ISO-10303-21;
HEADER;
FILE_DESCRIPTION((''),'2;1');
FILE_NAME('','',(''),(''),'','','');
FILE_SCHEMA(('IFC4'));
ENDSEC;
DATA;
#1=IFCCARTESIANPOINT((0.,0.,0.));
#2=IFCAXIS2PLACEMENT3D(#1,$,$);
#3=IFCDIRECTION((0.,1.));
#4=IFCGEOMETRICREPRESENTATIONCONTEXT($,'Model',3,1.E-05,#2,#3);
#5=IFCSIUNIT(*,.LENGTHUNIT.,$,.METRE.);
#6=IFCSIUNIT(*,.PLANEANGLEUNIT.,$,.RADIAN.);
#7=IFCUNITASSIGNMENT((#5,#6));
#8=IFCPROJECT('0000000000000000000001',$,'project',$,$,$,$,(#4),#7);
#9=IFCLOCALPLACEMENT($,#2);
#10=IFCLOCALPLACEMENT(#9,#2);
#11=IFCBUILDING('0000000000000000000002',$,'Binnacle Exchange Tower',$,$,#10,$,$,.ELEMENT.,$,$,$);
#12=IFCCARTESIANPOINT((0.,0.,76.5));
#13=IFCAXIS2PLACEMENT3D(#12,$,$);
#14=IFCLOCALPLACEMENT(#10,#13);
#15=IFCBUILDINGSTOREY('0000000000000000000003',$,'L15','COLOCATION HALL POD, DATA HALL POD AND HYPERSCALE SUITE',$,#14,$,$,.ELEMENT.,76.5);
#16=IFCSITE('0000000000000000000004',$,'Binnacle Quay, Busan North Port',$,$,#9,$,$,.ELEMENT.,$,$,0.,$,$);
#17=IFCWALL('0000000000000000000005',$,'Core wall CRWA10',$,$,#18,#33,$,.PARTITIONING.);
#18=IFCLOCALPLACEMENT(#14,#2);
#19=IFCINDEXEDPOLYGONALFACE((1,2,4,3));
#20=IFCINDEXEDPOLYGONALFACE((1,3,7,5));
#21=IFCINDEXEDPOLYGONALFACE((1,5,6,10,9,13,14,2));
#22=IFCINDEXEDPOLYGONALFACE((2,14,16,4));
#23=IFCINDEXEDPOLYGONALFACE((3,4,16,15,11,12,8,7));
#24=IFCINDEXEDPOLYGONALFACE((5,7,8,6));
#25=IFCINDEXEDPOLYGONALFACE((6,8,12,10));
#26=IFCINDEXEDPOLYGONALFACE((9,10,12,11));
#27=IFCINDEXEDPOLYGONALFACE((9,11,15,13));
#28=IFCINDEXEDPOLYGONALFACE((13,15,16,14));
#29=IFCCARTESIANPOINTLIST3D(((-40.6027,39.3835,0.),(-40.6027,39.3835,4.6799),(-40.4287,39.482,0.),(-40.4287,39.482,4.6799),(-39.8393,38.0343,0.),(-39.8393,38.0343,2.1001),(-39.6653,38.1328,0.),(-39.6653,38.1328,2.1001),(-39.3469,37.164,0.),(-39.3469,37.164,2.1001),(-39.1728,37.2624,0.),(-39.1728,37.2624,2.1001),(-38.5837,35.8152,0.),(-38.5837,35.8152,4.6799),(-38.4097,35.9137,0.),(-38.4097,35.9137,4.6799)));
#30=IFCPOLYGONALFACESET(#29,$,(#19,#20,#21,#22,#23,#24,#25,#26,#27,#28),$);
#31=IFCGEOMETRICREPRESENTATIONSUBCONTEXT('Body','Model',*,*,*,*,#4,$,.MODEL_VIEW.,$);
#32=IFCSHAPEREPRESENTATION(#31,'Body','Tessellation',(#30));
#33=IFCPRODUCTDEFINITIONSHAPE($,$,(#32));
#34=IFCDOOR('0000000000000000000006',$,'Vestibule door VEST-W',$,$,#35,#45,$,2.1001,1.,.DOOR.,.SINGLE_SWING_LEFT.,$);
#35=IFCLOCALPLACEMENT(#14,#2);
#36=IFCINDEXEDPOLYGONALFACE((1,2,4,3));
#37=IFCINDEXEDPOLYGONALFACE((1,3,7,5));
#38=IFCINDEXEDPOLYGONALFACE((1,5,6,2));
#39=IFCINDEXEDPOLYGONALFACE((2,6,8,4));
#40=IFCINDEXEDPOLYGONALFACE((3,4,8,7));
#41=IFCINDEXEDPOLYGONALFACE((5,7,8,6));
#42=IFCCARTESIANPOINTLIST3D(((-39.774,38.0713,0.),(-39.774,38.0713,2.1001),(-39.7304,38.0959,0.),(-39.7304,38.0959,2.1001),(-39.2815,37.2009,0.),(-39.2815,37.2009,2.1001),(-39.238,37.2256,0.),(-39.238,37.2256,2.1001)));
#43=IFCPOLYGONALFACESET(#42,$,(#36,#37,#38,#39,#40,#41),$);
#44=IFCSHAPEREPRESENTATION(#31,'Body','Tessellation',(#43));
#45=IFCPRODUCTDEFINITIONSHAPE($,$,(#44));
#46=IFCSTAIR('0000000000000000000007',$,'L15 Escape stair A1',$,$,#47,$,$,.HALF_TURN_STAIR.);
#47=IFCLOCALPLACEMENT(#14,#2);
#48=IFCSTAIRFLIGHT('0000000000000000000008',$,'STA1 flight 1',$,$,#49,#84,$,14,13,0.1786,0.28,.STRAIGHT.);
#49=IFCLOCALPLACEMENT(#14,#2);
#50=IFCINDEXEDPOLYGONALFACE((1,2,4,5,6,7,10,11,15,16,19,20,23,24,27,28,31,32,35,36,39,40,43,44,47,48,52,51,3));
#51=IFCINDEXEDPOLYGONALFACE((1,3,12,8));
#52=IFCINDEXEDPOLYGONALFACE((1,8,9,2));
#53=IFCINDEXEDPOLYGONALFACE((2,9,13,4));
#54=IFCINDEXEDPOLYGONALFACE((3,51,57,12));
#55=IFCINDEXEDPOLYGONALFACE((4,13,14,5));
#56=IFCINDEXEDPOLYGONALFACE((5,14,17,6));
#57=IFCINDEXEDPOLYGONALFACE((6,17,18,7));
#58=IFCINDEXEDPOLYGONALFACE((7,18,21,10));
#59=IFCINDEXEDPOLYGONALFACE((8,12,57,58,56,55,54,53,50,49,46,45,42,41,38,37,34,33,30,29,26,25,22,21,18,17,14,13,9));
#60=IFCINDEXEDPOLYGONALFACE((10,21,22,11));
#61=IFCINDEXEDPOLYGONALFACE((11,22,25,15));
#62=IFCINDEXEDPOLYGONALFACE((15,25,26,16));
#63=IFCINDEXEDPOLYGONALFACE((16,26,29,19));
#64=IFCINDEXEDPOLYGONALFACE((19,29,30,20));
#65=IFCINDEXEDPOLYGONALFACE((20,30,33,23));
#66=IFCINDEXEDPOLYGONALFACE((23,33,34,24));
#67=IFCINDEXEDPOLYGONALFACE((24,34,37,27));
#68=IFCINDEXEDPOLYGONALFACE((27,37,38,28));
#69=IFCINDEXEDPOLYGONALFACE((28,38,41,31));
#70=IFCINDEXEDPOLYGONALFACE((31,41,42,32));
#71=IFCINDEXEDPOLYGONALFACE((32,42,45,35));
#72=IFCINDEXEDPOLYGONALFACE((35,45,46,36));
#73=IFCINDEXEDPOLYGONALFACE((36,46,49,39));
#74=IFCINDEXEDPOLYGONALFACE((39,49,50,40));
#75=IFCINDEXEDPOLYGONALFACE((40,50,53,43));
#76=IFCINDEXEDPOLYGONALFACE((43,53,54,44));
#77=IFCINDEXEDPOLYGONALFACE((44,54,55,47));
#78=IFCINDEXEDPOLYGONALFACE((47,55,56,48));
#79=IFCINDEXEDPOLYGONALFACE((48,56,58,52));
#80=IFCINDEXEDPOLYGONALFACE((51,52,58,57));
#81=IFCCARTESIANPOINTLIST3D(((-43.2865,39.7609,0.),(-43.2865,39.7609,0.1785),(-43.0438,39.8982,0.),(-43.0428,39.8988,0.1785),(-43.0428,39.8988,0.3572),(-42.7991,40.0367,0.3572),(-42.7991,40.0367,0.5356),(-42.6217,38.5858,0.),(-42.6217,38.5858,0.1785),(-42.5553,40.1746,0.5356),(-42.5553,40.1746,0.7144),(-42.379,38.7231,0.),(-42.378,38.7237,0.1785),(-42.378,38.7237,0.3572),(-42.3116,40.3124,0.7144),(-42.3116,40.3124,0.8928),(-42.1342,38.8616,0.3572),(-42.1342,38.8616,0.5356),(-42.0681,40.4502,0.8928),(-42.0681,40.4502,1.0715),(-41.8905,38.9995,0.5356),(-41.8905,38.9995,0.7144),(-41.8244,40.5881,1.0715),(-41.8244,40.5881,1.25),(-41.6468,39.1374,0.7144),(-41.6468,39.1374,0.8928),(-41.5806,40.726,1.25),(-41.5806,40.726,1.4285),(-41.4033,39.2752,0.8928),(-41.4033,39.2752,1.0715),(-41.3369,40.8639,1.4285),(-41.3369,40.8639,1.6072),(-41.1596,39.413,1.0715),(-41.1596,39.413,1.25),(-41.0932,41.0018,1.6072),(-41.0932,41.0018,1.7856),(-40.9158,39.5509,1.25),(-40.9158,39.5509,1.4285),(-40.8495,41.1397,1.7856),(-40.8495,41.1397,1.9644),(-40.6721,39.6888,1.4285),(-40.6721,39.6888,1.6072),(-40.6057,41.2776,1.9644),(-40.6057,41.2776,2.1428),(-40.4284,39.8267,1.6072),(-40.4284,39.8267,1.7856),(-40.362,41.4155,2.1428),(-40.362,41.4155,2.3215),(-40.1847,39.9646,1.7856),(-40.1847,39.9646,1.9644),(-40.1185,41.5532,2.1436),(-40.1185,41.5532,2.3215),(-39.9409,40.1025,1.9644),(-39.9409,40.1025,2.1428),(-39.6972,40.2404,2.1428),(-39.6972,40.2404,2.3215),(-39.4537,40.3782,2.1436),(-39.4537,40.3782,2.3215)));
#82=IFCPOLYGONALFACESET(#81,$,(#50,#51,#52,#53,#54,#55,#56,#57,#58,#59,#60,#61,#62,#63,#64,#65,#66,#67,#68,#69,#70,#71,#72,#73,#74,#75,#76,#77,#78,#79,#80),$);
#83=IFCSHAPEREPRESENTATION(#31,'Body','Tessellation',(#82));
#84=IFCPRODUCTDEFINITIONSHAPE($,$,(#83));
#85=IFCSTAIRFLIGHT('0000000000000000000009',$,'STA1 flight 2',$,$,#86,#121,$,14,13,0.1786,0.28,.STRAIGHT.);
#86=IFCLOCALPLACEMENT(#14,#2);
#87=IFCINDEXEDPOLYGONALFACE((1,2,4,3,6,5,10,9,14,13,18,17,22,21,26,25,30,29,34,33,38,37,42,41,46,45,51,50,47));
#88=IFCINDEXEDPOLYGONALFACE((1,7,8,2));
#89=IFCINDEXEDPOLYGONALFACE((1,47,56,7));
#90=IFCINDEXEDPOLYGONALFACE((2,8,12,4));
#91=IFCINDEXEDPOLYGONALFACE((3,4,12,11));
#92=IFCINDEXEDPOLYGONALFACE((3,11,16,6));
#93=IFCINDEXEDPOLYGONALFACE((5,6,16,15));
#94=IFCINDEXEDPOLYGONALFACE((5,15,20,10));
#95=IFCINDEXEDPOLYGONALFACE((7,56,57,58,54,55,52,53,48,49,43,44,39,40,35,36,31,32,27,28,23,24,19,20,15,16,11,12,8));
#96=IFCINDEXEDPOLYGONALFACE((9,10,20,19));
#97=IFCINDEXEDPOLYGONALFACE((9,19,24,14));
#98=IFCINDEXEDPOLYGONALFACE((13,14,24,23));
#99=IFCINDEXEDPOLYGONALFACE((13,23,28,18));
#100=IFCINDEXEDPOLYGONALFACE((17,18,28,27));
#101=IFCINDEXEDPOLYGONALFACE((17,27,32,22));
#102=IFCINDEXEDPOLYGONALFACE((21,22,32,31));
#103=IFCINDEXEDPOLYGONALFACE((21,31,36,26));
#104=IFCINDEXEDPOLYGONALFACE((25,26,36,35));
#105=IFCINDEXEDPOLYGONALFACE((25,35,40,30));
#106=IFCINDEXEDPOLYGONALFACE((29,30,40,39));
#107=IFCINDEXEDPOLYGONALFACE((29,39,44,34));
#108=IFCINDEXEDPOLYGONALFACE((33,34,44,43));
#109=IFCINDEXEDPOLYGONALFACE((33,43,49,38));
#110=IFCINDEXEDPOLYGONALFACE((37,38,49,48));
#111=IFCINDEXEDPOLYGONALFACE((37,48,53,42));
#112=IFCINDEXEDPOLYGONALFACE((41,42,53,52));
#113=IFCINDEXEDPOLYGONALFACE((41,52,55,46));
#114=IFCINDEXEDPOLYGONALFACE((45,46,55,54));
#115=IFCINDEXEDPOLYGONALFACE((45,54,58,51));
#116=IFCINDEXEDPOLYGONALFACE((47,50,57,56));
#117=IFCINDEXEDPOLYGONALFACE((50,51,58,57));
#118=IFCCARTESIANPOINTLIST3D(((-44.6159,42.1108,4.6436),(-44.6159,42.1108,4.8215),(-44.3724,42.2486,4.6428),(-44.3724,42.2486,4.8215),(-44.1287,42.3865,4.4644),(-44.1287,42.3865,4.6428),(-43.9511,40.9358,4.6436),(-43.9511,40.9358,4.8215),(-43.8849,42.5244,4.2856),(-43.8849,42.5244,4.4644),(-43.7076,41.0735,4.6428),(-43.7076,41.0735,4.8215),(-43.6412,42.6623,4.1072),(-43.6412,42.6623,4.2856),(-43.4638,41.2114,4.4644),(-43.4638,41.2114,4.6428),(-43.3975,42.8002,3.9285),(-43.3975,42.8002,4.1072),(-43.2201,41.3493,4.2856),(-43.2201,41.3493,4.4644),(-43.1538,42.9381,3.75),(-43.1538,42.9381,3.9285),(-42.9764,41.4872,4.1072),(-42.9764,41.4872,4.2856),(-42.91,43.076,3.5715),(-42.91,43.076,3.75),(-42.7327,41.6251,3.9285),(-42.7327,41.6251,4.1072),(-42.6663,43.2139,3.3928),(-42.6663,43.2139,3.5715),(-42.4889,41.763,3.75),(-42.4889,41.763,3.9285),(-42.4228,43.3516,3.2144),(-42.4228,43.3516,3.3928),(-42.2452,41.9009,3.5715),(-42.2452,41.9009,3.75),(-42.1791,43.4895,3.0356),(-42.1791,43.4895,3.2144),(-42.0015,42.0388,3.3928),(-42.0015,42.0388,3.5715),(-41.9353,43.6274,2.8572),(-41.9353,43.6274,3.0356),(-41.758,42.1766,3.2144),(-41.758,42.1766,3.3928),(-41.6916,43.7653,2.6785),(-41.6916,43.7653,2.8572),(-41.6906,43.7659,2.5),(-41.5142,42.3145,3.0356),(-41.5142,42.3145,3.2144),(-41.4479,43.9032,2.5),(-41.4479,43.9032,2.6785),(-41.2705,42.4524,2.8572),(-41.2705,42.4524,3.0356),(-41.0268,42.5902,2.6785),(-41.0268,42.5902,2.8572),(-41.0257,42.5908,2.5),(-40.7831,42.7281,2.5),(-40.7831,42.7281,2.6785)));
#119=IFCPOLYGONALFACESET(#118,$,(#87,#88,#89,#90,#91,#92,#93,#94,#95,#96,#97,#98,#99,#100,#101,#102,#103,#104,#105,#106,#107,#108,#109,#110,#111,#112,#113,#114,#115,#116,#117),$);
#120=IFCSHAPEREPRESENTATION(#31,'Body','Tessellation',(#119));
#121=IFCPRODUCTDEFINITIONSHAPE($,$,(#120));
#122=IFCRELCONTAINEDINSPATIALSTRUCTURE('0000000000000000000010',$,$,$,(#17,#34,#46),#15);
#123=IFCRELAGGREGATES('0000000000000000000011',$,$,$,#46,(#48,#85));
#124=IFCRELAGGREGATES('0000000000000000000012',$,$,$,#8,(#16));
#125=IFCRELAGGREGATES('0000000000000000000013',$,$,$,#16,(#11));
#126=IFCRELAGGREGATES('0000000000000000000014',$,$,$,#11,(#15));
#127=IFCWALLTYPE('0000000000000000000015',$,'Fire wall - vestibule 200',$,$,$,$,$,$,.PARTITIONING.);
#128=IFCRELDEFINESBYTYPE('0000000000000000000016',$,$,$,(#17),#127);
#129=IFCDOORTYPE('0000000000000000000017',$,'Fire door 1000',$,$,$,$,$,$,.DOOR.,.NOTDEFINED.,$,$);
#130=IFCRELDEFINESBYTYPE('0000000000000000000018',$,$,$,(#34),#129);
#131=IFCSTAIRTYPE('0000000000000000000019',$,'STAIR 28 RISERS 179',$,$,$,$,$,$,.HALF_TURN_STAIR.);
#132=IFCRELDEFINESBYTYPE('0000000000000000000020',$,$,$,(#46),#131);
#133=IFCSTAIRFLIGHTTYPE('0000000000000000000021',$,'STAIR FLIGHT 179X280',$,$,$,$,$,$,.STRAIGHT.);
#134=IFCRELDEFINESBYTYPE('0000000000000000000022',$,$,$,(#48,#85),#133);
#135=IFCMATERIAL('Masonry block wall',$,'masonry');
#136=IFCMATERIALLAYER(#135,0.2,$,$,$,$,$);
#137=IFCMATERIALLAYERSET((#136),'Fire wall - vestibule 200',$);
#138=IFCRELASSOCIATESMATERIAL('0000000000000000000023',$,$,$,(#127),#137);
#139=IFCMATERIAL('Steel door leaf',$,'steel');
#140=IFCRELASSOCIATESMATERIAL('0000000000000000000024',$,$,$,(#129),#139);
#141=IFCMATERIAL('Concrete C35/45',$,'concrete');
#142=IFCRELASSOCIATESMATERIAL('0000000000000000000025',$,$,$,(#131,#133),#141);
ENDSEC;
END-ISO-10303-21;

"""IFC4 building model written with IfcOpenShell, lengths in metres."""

from ifc_helpers import new_model, si_unit, direction, frame, frame_2d, origin, place, context, subcontext, project, spatial, polyline, rectangle, outline, extrude, material, layer, layer_set, type_object, element, fill, aggregate, save


model = new_model("IFC4")

# Units and contexts
model_context = context("Model", 3, precision=1e-05, world=origin(), true_north=direction((0.0, 1.0)))
body_context = subcontext(model_context, "Body", "Model", "MODEL_VIEW")
ifc_project = project(units=[si_unit("LENGTHUNIT", "METRE"), si_unit("PLANEANGLEUNIT", "RADIAN")], contexts=[model_context])

# Site, building, storey
site_placement = place(None, origin())
site = spatial("IfcSite", under=ifc_project, at=site_placement, Name="Binnacle Quay, Busan North Port", CompositionType="ELEMENT", RefElevation=0.0)
building_placement = place(site_placement, origin())
building = spatial("IfcBuilding", under=site, at=building_placement, Name="Binnacle Exchange Tower", CompositionType="ELEMENT")
storey_placement = place(building_placement, frame((0.0, 0.0, 76.5)))
storey = spatial("IfcBuildingStorey", under=building, at=storey_placement, Name="L15", Description="COLOCATION HALL POD, DATA HALL POD AND HYPERSCALE SUITE", CompositionType="ELEMENT", Elevation=76.5)

# Shared definitions
ifc_material_1 = material(Name="Steel door leaf", Category="steel")

# Shared definitions
ifc_material_2 = material(Name="Masonry block wall", Category="masonry")

# Wall, opening, door
ifc_layer_1 = layer(ifc_material_2, 0.2)
ifc_layer_set_1 = layer_set([ifc_layer_1], Name="Fire wall - vestibule 200")
wall_type_1 = type_object("IfcWallType", Name="Fire wall - vestibule 200", PredefinedType="PARTITIONING", material=ifc_layer_set_1)
wall_1_placement = place(storey_placement, frame((-40.5156, 39.4326, 0.0), z_axis=(0.0, 0.0, 1.0), x_axis=(0.492454, -0.870339, 0.0)))
wall_1 = element("IfcWall", 1, at=wall_1_placement, inside=storey, type_object=wall_type_1, Name="Core wall CRWA10", PredefinedType="PARTITIONING", context=body_context, shape_type="SweptSolid", body=[
    extrude(rectangle(XDim=4.0999, YDim=0.2, at=frame_2d((2.0498, 0.0))), origin(), (0.0, 0.0, 1.0), 4.6799),
])
opening_1_placement = place(wall_1_placement, frame((1.55, 0.0, 0.0)))
opening_1 = element("IfcOpeningElement", 2, at=opening_1_placement, cuts=wall_1, PredefinedType="OPENING", context=body_context, shape_type="SweptSolid", body=[
    extrude(rectangle(XDim=1.0, YDim=2.1001, at=frame_2d((0.5, 1.05))), frame((0.0, 0.1099, 0.0), z_axis=(0.0, -1.0, 0.0), x_axis=(1.0, 0.0, 0.0)), (0.0, 0.0, 1.0), 0.22),
])
door_type_1 = type_object("IfcDoorType", Name="Fire door 1000", OperationType="NOTDEFINED", PredefinedType="DOOR", material=ifc_material_1)
door_1_placement = place(opening_1_placement, frame((1.0, 0.0, 0.0), z_axis=(0.0, 0.0, 1.0), x_axis=(-1.0, 0.0, 0.0)))
door_1 = element("IfcDoor", 3, at=door_1_placement, inside=storey, type_object=door_type_1, Name="Vestibule door VEST-W", OperationType="SINGLE_SWING_LEFT", OverallHeight=2.1001, OverallWidth=1.0, PredefinedType="DOOR", context=body_context, shape_type="SweptSolid", body=[
    extrude(rectangle(XDim=1.0, YDim=2.1001, at=frame_2d((0.5, 1.05))), frame((0.0, 0.0249, 0.0), z_axis=(0.0, -1.0, 0.0), x_axis=(1.0, 0.0, 0.0)), (0.0, 0.0, 1.0), 0.05),
])
fill(opening_1, door_1)

# Stair, stair flights
ifc_material_3 = material(Name="Concrete C35/45", Category="concrete")
stair_type = type_object("IfcStairType", Name="STAIR 28 RISERS 179", PredefinedType="HALF_TURN_STAIR", material=ifc_material_3)
stair_placement = place(storey_placement, origin())
stair = element("IfcStair", 4, at=stair_placement, inside=storey, type_object=stair_type, Name="L15 Escape stair A1", PredefinedType="HALF_TURN_STAIR")
stair_flight_type = type_object("IfcStairFlightType", Name="STAIR FLIGHT 179X280", PredefinedType="STRAIGHT", material=ifc_material_3)
stair_flight_1_placement = place(storey_placement, frame((-42.9541, 39.1733, 0.0), z_axis=(0.0, 0.0, 1.0), x_axis=(0.870356, 0.492424, 0.0)))
stair_flight_1 = element("IfcStairFlight", 5, at=stair_flight_1_placement, type_object=stair_flight_type, Name="STA1 flight 1", NumberOfRisers=14, NumberOfTreads=13, PredefinedType="STRAIGHT", RiserHeight=0.1786, TreadLength=0.28, context=body_context, shape_type="SweptSolid", body=[
    extrude(outline(polyline([(0.0, 0.0), (0.0, 0.1785), (0.28, 0.1785), (0.28, 0.3572), (0.5601, 0.3572), (0.5601, 0.5356), (0.8401, 0.5356), (0.8401, 0.7144), (1.1201, 0.7144), (1.1201, 0.8928), (1.3999, 0.8928), (1.3999, 1.0715), (1.6799, 1.0715), (1.6799, 1.25), (1.96, 1.25), (1.96, 1.4285), (2.24, 1.4285), (2.24, 1.6072), (2.52, 1.6072), (2.52, 1.7856), (2.8, 1.7856), (2.8, 1.9644), (3.0801, 1.9644), (3.0801, 2.1428), (3.3601, 2.1428), (3.3601, 2.3215), (3.6399, 2.3215), (3.6399, 2.5), (3.6399, 2.1436), (0.2788, 0.0), (0.0, 0.0)])), frame((0.0, 0.675, 0.0), z_axis=(0.0, -1.0, 0.0), x_axis=(1.0, 0.0, 0.0)), (0.0, 0.0, 1.0), 1.3501),
])
stair_flight_2_placement = place(storey_placement, frame((-41.1155, 43.3157, 2.5), z_axis=(0.0, 0.0, 1.0), x_axis=(-0.870356, -0.492424, 0.0)))
stair_flight_2 = element("IfcStairFlight", 6, at=stair_flight_2_placement, type_object=stair_flight_type, Name="STA1 flight 2", NumberOfRisers=14, NumberOfTreads=13, PredefinedType="STRAIGHT", RiserHeight=0.1786, TreadLength=0.28, context=body_context, shape_type="SweptSolid", body=[
    extrude(outline(polyline([(0.0, 0.0), (0.0, 0.1785), (0.28, 0.1785), (0.28, 0.3572), (0.5601, 0.3572), (0.5601, 0.5356), (0.8401, 0.5356), (0.8401, 0.7144), (1.1201, 0.7144), (1.1201, 0.8928), (1.3999, 0.8928), (1.3999, 1.0715), (1.6799, 1.0715), (1.6799, 1.25), (1.96, 1.25), (1.96, 1.4285), (2.24, 1.4285), (2.24, 1.6072), (2.52, 1.6072), (2.52, 1.7856), (2.8, 1.7856), (2.8, 1.9644), (3.0801, 1.9644), (3.0801, 2.1428), (3.3601, 2.1428), (3.3601, 2.3215), (3.6399, 2.3215), (3.6399, 2.5), (3.6399, 2.1436), (0.2788, 0.0), (0.0, 0.0)])), frame((0.0, 0.675, 0.0), z_axis=(0.0, -1.0, 0.0), x_axis=(1.0, 0.0, 0.0)), (0.0, 0.0, 1.0), 1.3501),
])
aggregate(stair, [stair_flight_1, stair_flight_2])

save(model, "model.ifc")
